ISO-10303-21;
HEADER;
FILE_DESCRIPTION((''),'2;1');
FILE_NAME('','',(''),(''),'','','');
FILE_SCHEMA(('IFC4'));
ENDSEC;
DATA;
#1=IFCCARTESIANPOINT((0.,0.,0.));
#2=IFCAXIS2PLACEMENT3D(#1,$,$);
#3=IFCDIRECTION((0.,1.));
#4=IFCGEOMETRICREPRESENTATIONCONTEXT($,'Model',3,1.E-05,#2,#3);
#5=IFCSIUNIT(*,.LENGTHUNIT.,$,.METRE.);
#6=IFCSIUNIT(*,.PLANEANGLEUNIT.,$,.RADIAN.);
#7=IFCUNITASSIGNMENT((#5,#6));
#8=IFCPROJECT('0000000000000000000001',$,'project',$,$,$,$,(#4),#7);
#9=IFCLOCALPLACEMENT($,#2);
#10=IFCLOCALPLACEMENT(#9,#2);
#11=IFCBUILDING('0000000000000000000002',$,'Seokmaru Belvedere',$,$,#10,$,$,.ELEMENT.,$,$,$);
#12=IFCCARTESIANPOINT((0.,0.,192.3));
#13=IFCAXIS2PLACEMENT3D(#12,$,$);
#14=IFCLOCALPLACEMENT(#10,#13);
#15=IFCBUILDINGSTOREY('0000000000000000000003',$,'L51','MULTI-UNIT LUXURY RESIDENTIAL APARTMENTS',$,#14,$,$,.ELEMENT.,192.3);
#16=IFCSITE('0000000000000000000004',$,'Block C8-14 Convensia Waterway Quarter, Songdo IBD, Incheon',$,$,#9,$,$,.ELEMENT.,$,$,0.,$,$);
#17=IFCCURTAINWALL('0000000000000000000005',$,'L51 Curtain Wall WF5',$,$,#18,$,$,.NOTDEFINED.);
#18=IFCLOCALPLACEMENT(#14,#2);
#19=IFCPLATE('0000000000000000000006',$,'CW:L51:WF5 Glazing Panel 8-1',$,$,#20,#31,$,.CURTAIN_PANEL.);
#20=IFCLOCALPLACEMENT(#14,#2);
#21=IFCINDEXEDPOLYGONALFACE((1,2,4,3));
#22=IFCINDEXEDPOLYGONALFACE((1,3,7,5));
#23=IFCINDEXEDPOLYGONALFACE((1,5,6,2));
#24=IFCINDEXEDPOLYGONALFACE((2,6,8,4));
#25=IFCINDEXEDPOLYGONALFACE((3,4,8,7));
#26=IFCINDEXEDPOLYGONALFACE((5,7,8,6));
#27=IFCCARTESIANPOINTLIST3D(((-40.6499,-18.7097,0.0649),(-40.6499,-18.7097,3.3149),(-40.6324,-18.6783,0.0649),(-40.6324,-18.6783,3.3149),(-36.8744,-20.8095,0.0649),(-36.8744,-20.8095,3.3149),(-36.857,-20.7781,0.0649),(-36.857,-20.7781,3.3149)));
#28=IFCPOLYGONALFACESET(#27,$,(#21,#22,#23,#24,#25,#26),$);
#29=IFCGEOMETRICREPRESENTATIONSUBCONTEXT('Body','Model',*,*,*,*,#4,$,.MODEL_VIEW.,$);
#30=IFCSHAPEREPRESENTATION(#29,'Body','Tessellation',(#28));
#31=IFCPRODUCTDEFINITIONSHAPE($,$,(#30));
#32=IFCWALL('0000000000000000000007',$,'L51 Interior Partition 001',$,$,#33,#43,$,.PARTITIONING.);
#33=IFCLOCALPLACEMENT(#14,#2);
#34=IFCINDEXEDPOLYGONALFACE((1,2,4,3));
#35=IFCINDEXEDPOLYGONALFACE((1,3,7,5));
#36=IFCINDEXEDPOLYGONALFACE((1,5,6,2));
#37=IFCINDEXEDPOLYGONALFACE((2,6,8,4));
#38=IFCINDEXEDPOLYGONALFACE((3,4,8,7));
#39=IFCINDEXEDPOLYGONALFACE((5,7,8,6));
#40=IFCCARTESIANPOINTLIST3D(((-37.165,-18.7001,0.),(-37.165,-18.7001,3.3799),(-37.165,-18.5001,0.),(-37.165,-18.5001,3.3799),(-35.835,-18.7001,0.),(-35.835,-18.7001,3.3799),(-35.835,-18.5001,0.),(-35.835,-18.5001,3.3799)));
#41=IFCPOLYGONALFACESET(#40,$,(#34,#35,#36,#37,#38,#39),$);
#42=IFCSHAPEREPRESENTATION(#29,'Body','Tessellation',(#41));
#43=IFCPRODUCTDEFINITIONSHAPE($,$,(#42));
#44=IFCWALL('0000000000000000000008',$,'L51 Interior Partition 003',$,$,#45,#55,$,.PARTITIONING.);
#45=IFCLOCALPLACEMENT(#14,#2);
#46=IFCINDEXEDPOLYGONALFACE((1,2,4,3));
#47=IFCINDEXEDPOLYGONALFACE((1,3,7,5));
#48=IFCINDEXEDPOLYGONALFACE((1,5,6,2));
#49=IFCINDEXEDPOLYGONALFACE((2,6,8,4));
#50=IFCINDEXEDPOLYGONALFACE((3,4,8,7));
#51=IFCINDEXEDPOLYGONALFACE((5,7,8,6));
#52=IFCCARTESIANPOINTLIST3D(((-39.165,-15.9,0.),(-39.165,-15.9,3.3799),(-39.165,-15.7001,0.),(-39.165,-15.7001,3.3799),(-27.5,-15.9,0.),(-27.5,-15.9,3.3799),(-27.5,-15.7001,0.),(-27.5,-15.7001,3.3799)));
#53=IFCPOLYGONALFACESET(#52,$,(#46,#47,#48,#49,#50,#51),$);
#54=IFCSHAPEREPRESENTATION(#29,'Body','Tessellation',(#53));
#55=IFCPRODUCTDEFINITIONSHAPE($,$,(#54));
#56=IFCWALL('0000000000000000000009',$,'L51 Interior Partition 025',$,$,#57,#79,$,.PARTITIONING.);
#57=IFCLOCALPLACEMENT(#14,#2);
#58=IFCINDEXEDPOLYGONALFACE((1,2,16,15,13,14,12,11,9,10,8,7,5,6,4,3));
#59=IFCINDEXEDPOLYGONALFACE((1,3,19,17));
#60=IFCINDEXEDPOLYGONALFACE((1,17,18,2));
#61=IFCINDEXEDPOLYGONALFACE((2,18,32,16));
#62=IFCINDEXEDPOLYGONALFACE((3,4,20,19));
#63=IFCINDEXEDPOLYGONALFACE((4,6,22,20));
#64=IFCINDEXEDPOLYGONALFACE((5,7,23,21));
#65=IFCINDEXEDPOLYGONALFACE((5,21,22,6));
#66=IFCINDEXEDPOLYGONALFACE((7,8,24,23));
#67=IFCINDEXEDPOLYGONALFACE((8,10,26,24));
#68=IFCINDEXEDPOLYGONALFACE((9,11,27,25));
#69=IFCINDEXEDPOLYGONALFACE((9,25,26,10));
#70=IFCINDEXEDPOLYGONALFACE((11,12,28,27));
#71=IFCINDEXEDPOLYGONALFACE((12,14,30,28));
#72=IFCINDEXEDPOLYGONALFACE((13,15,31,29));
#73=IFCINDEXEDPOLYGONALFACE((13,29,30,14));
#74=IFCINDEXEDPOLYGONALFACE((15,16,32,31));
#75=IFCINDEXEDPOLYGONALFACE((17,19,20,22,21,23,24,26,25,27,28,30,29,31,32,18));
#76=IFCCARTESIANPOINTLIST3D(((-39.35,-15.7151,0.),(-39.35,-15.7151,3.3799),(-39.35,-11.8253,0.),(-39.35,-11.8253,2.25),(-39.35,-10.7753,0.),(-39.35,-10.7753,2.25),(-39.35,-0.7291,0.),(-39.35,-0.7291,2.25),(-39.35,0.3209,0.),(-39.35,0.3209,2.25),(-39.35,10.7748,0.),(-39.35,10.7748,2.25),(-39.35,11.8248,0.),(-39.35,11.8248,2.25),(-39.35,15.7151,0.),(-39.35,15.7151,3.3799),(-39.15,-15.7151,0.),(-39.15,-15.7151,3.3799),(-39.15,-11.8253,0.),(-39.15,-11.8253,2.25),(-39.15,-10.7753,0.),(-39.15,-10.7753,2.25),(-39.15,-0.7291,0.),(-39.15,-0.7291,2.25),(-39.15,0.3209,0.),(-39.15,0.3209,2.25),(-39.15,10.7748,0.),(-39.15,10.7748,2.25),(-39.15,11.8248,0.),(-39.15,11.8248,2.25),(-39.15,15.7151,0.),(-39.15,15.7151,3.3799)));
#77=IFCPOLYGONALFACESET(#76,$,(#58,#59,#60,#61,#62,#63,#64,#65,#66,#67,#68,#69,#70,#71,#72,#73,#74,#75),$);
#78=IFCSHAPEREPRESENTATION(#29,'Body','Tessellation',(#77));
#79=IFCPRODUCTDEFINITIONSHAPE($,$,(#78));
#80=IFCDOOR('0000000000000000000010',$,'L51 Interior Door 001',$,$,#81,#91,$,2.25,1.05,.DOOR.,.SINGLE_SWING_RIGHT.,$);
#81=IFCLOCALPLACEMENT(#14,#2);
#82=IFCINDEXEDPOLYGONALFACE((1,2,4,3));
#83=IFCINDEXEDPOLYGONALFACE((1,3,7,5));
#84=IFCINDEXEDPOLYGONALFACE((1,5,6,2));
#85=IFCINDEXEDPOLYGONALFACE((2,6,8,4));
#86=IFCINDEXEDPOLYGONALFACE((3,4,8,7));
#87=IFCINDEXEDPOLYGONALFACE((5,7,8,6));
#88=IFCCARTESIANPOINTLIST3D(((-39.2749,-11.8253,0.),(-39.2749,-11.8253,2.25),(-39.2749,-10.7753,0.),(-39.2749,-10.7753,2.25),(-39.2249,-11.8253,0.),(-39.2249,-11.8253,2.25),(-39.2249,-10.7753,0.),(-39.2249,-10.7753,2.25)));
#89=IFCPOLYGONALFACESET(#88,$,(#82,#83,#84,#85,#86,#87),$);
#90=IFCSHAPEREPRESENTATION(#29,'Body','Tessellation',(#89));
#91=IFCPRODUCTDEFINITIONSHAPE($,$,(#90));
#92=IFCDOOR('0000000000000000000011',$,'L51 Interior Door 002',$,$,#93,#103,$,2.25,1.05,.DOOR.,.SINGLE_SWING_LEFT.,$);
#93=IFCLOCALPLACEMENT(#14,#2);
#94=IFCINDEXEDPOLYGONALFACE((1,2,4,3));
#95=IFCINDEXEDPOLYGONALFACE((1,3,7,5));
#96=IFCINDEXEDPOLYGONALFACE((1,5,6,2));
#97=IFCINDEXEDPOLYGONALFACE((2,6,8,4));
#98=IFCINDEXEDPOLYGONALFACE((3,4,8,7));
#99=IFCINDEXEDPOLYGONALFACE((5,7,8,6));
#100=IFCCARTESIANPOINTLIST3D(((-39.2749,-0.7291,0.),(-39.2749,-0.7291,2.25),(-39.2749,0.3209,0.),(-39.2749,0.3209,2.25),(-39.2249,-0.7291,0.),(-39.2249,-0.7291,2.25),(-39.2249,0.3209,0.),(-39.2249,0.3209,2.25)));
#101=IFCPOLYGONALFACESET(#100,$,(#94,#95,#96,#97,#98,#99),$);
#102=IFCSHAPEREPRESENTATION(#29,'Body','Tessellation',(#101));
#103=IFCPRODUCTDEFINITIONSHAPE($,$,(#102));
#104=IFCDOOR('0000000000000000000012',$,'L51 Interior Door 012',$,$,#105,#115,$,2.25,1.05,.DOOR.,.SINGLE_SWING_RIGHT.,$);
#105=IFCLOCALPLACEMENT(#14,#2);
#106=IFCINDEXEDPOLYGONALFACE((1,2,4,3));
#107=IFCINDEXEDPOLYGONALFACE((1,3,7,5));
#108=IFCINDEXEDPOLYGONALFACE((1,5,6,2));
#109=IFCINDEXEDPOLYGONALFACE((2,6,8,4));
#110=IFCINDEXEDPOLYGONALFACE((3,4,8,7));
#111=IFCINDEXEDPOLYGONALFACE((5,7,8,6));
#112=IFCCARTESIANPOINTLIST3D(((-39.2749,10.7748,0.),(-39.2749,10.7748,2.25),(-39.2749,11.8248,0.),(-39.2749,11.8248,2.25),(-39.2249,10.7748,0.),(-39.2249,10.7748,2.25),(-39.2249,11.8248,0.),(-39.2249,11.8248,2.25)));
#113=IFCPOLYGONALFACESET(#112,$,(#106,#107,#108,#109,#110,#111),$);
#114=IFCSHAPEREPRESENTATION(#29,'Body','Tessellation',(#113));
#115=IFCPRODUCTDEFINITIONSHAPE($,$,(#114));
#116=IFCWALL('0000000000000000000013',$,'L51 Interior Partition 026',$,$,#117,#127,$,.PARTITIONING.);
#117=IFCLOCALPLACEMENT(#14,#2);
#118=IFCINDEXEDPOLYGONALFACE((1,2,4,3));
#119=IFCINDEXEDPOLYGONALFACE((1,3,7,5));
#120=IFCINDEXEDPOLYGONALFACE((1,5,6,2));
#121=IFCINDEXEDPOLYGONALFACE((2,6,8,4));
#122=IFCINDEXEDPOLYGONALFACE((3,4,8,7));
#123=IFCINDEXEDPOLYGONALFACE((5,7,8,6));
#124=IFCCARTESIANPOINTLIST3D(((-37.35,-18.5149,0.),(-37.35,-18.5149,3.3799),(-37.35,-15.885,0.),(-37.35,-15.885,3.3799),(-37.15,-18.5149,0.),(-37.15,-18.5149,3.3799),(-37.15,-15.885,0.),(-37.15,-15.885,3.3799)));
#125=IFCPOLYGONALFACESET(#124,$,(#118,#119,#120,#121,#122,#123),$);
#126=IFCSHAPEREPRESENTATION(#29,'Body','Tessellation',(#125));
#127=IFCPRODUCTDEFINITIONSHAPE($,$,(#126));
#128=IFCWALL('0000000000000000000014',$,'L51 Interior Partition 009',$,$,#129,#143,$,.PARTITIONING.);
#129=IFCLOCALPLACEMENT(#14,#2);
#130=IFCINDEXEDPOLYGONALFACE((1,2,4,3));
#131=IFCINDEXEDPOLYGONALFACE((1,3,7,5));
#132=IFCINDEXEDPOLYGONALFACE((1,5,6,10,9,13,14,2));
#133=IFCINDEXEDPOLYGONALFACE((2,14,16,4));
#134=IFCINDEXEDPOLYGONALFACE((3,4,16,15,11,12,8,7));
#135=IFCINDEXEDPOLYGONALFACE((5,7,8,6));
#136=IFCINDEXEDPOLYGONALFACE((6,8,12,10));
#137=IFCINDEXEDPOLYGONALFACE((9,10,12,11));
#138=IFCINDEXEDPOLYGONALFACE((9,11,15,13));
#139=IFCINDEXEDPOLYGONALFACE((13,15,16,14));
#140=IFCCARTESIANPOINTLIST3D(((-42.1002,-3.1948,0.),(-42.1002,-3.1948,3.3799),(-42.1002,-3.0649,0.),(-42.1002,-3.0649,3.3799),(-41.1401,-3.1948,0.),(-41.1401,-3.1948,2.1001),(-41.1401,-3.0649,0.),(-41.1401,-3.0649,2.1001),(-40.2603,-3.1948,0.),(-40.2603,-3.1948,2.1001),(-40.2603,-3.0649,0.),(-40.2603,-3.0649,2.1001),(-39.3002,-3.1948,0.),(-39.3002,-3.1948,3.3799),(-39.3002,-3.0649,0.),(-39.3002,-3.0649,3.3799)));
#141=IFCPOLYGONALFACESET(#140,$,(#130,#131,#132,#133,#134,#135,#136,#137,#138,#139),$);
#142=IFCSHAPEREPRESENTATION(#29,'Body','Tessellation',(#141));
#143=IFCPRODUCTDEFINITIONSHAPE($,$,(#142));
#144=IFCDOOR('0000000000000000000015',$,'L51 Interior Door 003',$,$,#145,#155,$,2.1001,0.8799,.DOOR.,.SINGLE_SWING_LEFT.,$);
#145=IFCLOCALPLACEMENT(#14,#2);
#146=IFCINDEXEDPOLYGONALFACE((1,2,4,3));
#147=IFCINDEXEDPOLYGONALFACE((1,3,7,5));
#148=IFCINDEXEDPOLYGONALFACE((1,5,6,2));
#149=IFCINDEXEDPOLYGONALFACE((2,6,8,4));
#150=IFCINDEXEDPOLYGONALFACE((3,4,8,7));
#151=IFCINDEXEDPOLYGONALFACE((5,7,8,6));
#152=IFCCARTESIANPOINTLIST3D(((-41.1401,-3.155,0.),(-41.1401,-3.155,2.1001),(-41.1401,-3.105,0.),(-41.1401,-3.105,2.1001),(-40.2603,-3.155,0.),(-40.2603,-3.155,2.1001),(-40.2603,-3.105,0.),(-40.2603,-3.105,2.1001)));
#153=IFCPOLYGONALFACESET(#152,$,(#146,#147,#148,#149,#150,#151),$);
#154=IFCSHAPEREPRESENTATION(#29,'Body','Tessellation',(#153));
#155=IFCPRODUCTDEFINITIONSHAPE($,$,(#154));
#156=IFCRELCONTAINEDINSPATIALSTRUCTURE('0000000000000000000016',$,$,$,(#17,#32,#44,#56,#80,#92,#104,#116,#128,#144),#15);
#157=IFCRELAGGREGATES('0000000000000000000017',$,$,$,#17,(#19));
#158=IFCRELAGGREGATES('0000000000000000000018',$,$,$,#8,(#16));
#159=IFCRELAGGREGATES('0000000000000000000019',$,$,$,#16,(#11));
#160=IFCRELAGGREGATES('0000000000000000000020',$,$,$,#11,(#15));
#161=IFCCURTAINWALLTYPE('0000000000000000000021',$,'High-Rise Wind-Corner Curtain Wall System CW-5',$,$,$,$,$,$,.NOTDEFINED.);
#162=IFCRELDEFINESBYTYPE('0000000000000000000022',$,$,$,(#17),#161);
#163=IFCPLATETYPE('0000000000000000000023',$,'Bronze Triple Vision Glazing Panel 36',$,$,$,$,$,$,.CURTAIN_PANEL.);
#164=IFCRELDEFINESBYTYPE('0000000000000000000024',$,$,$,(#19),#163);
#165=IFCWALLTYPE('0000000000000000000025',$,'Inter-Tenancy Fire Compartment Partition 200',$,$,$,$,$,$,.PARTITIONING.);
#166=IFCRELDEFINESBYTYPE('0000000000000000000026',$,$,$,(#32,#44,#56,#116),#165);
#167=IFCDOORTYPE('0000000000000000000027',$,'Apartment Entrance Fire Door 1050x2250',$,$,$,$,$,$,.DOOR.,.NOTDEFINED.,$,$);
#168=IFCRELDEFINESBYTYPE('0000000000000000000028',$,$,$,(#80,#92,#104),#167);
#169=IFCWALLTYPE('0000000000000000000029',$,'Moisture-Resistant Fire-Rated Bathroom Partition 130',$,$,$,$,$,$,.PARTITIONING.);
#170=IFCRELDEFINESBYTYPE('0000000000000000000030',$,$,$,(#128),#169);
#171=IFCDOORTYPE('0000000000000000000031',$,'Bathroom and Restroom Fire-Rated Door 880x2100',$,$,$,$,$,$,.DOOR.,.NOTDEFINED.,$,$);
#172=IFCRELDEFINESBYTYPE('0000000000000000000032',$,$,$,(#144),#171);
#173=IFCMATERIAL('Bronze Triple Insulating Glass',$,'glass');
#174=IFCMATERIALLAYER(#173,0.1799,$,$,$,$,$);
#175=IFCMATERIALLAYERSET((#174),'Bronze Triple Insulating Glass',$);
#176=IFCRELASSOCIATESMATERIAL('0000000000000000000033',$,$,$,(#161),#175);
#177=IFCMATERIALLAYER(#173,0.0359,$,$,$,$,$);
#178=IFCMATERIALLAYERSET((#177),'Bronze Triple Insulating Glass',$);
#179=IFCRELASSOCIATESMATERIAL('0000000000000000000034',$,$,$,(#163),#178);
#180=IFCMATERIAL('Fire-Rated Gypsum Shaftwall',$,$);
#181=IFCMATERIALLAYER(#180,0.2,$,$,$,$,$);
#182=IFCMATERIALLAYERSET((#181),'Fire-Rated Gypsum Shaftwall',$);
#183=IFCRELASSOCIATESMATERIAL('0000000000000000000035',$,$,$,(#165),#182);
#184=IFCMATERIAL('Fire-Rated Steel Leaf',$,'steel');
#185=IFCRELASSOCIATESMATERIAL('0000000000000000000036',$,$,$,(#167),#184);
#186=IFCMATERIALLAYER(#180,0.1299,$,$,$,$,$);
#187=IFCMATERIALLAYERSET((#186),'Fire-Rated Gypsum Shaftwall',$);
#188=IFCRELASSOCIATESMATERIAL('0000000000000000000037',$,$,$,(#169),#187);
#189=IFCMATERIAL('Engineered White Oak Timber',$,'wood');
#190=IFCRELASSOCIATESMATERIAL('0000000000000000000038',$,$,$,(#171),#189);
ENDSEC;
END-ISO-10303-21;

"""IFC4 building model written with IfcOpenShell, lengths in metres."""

from ifc_helpers import new_model, si_unit, direction, frame, frame_2d, origin, origin_2d, place, context, subcontext, project, spatial, rectangle, extrude, source, transform, mapped, material, layer, layer_set, type_object, type_shapes, element, fill, aggregate, save


model = new_model("IFC4")

# Units and contexts
model_context = context("Model", 3, precision=1e-05, world=origin(), true_north=direction((0.0, 1.0)))
body_context = subcontext(model_context, "Body", "Model", "MODEL_VIEW")
ifc_project = project(units=[si_unit("LENGTHUNIT", "METRE"), si_unit("PLANEANGLEUNIT", "RADIAN")], contexts=[model_context])

# Site, building, storey
site_placement = place(None, origin())
site = spatial("IfcSite", under=ifc_project, at=site_placement, Name="Block C8-14 Convensia Waterway Quarter, Songdo IBD, Incheon", CompositionType="ELEMENT", RefElevation=0.0)
building_placement = place(site_placement, origin())
building = spatial("IfcBuilding", under=site, at=building_placement, Name="Seokmaru Belvedere", CompositionType="ELEMENT")
storey_placement = place(building_placement, frame((0.0, 0.0, 192.3)))
storey = spatial("IfcBuildingStorey", under=building, at=storey_placement, Name="L51", Description="MULTI-UNIT LUXURY RESIDENTIAL APARTMENTS", CompositionType="ELEMENT", Elevation=192.3)

# Curtain wall, plate
ifc_material_1 = material(Name="Bronze Triple Insulating Glass", Category="glass")
ifc_layer_1 = layer(ifc_material_1, 0.1799)
ifc_layer_set_1 = layer_set([ifc_layer_1], Name="Bronze Triple Insulating Glass")
curtain_wall_type = type_object("IfcCurtainWallType", Name="High-Rise Wind-Corner Curtain Wall System CW-5", PredefinedType="NOTDEFINED", material=ifc_layer_set_1)
curtain_wall_placement = place(storey_placement, origin())
curtain_wall = element("IfcCurtainWall", 1, at=curtain_wall_placement, inside=storey, type_object=curtain_wall_type, Name="L51 Curtain Wall WF5", PredefinedType="NOTDEFINED")
ifc_layer_2 = layer(ifc_material_1, 0.0359)
ifc_layer_set_2 = layer_set([ifc_layer_2], Name="Bronze Triple Insulating Glass")
plate_type = type_object("IfcPlateType", Name="Bronze Triple Vision Glazing Panel 36", PredefinedType="CURTAIN_PANEL", material=ifc_layer_set_2)
shared_shape_1 = source(origin(), body_context, "Body", "SweptSolid", [
    extrude(rectangle(XDim=4.3201, YDim=0.0359, at=origin_2d()), origin(), (0.0, 0.0, 1.0), 3.25),
])
type_shapes(plate_type, [shared_shape_1])
plate_1_placement = place(storey_placement, frame((-38.7534, -19.7439, 0.0649), z_axis=(0.0, 0.0, 1.0), x_axis=(0.873933, -0.486047, 0.0)))
plate_1 = element("IfcPlate", 2, at=plate_1_placement, type_object=plate_type, Name="CW:L51:WF5 Glazing Panel 8-1", PredefinedType="CURTAIN_PANEL", context=body_context, shape_type="MappedRepresentation", body=[
    mapped(shared_shape_1, transform((0.0, 0.0, 0.0), scale=1.0)),
])
aggregate(curtain_wall, [plate_1])

# Walls
ifc_material_2 = material(Name="Fire-Rated Gypsum Shaftwall")
ifc_layer_3 = layer(ifc_material_2, 0.2)
ifc_layer_set_3 = layer_set([ifc_layer_3], Name="Fire-Rated Gypsum Shaftwall")
wall_type_1 = type_object("IfcWallType", Name="Inter-Tenancy Fire Compartment Partition 200", PredefinedType="PARTITIONING", material=ifc_layer_set_3)
wall_1_placement = place(storey_placement, frame((-37.165, -18.6001, 0.0), z_axis=(0.0, 0.0, 1.0), x_axis=(1.0, 0.0, 0.0)))
element("IfcWall", 3, at=wall_1_placement, inside=storey, type_object=wall_type_1, Name="L51 Interior Partition 001", PredefinedType="PARTITIONING", context=body_context, shape_type="SweptSolid", body=[
    extrude(rectangle(XDim=1.3301, YDim=0.2, at=frame_2d((0.665, 0.0))), origin(), (0.0, 0.0, 1.0), 3.3799),
])
wall_2_placement = place(storey_placement, frame((-39.165, -15.8, 0.0), z_axis=(0.0, 0.0, 1.0), x_axis=(1.0, 0.0, 0.0)))
element("IfcWall", 4, at=wall_2_placement, inside=storey, type_object=wall_type_1, Name="L51 Interior Partition 003", PredefinedType="PARTITIONING", context=body_context, shape_type="SweptSolid", body=[
    extrude(rectangle(XDim=11.665, YDim=0.2, at=frame_2d((5.8325, 0.0))), origin(), (0.0, 0.0, 1.0), 3.3799),
])

# Wall, openings, doors
wall_3_placement = place(storey_placement, frame((-39.25, -15.7151, 0.0), z_axis=(0.0, 0.0, 1.0), x_axis=(0.0, 1.0, 0.0)))
wall_3 = element("IfcWall", 5, at=wall_3_placement, inside=storey, type_object=wall_type_1, Name="L51 Interior Partition 025", PredefinedType="PARTITIONING", context=body_context, shape_type="SweptSolid", body=[
    extrude(rectangle(XDim=31.4302, YDim=0.2, at=frame_2d((15.7151, 0.0))), origin(), (0.0, 0.0, 1.0), 3.3799),
])
opening_1_placement = place(wall_3_placement, frame((3.8899, 0.0, 0.0)))
opening_1 = element("IfcOpeningElement", 6, at=opening_1_placement, cuts=wall_3, PredefinedType="OPENING", context=body_context, shape_type="SweptSolid", body=[
    extrude(rectangle(XDim=1.05, YDim=2.25, at=frame_2d((0.5249, 1.125))), frame((0.0, 0.1099, 0.0), z_axis=(0.0, -1.0, 0.0), x_axis=(1.0, 0.0, 0.0)), (0.0, 0.0, 1.0), 0.22),
])
opening_2_placement = place(wall_3_placement, frame((14.9861, 0.0, 0.0)))
opening_2 = element("IfcOpeningElement", 7, at=opening_2_placement, cuts=wall_3, PredefinedType="OPENING", context=body_context, shape_type="SweptSolid", body=[
    extrude(rectangle(XDim=1.05, YDim=2.25, at=frame_2d((0.5249, 1.125))), frame((0.0, 0.1099, 0.0), z_axis=(0.0, -1.0, 0.0), x_axis=(1.0, 0.0, 0.0)), (0.0, 0.0, 1.0), 0.22),
])
opening_3_placement = place(wall_3_placement, frame((26.49, 0.0, 0.0)))
opening_3 = element("IfcOpeningElement", 8, at=opening_3_placement, cuts=wall_3, PredefinedType="OPENING", context=body_context, shape_type="SweptSolid", body=[
    extrude(rectangle(XDim=1.05, YDim=2.25, at=frame_2d((0.5249, 1.125))), frame((0.0, 0.1099, 0.0), z_axis=(0.0, -1.0, 0.0), x_axis=(1.0, 0.0, 0.0)), (0.0, 0.0, 1.0), 0.22),
])
ifc_material_3 = material(Name="Fire-Rated Steel Leaf", Category="steel")
door_type_1 = type_object("IfcDoorType", Name="Apartment Entrance Fire Door 1050x2250", OperationType="NOTDEFINED", PredefinedType="DOOR", material=ifc_material_3)
shared_shape_2 = source(origin(), body_context, "Body", "SweptSolid", [
    extrude(rectangle(XDim=1.05, YDim=2.25, at=frame_2d((0.5249, 1.125))), frame((0.0, 0.0249, 0.0), z_axis=(0.0, -1.0, 0.0), x_axis=(1.0, 0.0, 0.0)), (0.0, 0.0, 1.0), 0.05),
])
type_shapes(door_type_1, [shared_shape_2])
door_1_placement = place(opening_1_placement, origin())
door_1 = element("IfcDoor", 9, at=door_1_placement, inside=storey, type_object=door_type_1, Name="L51 Interior Door 001", OperationType="SINGLE_SWING_RIGHT", OverallHeight=2.25, OverallWidth=1.05, PredefinedType="DOOR", context=body_context, shape_type="MappedRepresentation", body=[
    mapped(shared_shape_2, transform((0.0, 0.0, 0.0), scale=1.0)),
])
fill(opening_1, door_1)
door_2_placement = place(opening_2_placement, origin())
door_2 = element("IfcDoor", 10, at=door_2_placement, inside=storey, type_object=door_type_1, Name="L51 Interior Door 002", OperationType="SINGLE_SWING_LEFT", OverallHeight=2.25, OverallWidth=1.05, PredefinedType="DOOR", context=body_context, shape_type="MappedRepresentation", body=[
    mapped(shared_shape_2, transform((0.0, 0.0, 0.0), scale=1.0)),
])
fill(opening_2, door_2)
door_3_placement = place(opening_3_placement, origin())
door_3 = element("IfcDoor", 11, at=door_3_placement, inside=storey, type_object=door_type_1, Name="L51 Interior Door 012", OperationType="SINGLE_SWING_RIGHT", OverallHeight=2.25, OverallWidth=1.05, PredefinedType="DOOR", context=body_context, shape_type="MappedRepresentation", body=[
    mapped(shared_shape_2, transform((0.0, 0.0, 0.0), scale=1.0)),
])
fill(opening_3, door_3)

# Wall
wall_4_placement = place(storey_placement, frame((-37.25, -18.5149, 0.0), z_axis=(0.0, 0.0, 1.0), x_axis=(0.0, 1.0, 0.0)))
element("IfcWall", 12, at=wall_4_placement, inside=storey, type_object=wall_type_1, Name="L51 Interior Partition 026", PredefinedType="PARTITIONING", context=body_context, shape_type="SweptSolid", body=[
    extrude(rectangle(XDim=2.6299, YDim=0.2, at=frame_2d((1.3149, 0.0))), origin(), (0.0, 0.0, 1.0), 3.3799),
])

# Wall, opening, door
ifc_layer_4 = layer(ifc_material_2, 0.1299)
ifc_layer_set_4 = layer_set([ifc_layer_4], Name="Fire-Rated Gypsum Shaftwall")
wall_type_2 = type_object("IfcWallType", Name="Moisture-Resistant Fire-Rated Bathroom Partition 130", PredefinedType="PARTITIONING", material=ifc_layer_set_4)
wall_5_placement = place(storey_placement, frame((-42.1001, -3.1299, 0.0), z_axis=(0.0, 0.0, 1.0), x_axis=(1.0, 0.0, 0.0)))
wall_5 = element("IfcWall", 13, at=wall_5_placement, inside=storey, type_object=wall_type_2, Name="L51 Interior Partition 009", PredefinedType="PARTITIONING", context=body_context, shape_type="SweptSolid", body=[
    extrude(rectangle(XDim=2.8, YDim=0.1299, at=frame_2d((1.3999, 0.0))), origin(), (0.0, 0.0, 1.0), 3.3799),
])
opening_4_placement = place(wall_5_placement, frame((0.96, 0.0, 0.0)))
opening_4 = element("IfcOpeningElement", 14, at=opening_4_placement, cuts=wall_5, PredefinedType="OPENING", context=body_context, shape_type="SweptSolid", body=[
    extrude(rectangle(XDim=0.8799, YDim=2.1001, at=frame_2d((0.4399, 1.05))), frame((0.0, 0.075, 0.0), z_axis=(0.0, -1.0, 0.0), x_axis=(1.0, 0.0, 0.0)), (0.0, 0.0, 1.0), 0.1499),
])
ifc_material_4 = material(Name="Engineered White Oak Timber", Category="wood")
door_type_2 = type_object("IfcDoorType", Name="Bathroom and Restroom Fire-Rated Door 880x2100", OperationType="NOTDEFINED", PredefinedType="DOOR", material=ifc_material_4)
shared_shape_3 = source(origin(), body_context, "Body", "SweptSolid", [
    extrude(rectangle(XDim=0.8799, YDim=2.1001, at=frame_2d((0.4399, 1.05))), frame((0.0, 0.0249, 0.0), z_axis=(0.0, -1.0, 0.0), x_axis=(1.0, 0.0, 0.0)), (0.0, 0.0, 1.0), 0.05),
])
type_shapes(door_type_2, [shared_shape_3])
door_4_placement = place(opening_4_placement, origin())
door_4 = element("IfcDoor", 15, at=door_4_placement, inside=storey, type_object=door_type_2, Name="L51 Interior Door 003", OperationType="SINGLE_SWING_LEFT", OverallHeight=2.1001, OverallWidth=0.8799, PredefinedType="DOOR", context=body_context, shape_type="MappedRepresentation", body=[
    mapped(shared_shape_3, transform((0.0, 0.0, 0.0), scale=1.0)),
])
fill(opening_4, door_4)

save(model, "model.ifc")
